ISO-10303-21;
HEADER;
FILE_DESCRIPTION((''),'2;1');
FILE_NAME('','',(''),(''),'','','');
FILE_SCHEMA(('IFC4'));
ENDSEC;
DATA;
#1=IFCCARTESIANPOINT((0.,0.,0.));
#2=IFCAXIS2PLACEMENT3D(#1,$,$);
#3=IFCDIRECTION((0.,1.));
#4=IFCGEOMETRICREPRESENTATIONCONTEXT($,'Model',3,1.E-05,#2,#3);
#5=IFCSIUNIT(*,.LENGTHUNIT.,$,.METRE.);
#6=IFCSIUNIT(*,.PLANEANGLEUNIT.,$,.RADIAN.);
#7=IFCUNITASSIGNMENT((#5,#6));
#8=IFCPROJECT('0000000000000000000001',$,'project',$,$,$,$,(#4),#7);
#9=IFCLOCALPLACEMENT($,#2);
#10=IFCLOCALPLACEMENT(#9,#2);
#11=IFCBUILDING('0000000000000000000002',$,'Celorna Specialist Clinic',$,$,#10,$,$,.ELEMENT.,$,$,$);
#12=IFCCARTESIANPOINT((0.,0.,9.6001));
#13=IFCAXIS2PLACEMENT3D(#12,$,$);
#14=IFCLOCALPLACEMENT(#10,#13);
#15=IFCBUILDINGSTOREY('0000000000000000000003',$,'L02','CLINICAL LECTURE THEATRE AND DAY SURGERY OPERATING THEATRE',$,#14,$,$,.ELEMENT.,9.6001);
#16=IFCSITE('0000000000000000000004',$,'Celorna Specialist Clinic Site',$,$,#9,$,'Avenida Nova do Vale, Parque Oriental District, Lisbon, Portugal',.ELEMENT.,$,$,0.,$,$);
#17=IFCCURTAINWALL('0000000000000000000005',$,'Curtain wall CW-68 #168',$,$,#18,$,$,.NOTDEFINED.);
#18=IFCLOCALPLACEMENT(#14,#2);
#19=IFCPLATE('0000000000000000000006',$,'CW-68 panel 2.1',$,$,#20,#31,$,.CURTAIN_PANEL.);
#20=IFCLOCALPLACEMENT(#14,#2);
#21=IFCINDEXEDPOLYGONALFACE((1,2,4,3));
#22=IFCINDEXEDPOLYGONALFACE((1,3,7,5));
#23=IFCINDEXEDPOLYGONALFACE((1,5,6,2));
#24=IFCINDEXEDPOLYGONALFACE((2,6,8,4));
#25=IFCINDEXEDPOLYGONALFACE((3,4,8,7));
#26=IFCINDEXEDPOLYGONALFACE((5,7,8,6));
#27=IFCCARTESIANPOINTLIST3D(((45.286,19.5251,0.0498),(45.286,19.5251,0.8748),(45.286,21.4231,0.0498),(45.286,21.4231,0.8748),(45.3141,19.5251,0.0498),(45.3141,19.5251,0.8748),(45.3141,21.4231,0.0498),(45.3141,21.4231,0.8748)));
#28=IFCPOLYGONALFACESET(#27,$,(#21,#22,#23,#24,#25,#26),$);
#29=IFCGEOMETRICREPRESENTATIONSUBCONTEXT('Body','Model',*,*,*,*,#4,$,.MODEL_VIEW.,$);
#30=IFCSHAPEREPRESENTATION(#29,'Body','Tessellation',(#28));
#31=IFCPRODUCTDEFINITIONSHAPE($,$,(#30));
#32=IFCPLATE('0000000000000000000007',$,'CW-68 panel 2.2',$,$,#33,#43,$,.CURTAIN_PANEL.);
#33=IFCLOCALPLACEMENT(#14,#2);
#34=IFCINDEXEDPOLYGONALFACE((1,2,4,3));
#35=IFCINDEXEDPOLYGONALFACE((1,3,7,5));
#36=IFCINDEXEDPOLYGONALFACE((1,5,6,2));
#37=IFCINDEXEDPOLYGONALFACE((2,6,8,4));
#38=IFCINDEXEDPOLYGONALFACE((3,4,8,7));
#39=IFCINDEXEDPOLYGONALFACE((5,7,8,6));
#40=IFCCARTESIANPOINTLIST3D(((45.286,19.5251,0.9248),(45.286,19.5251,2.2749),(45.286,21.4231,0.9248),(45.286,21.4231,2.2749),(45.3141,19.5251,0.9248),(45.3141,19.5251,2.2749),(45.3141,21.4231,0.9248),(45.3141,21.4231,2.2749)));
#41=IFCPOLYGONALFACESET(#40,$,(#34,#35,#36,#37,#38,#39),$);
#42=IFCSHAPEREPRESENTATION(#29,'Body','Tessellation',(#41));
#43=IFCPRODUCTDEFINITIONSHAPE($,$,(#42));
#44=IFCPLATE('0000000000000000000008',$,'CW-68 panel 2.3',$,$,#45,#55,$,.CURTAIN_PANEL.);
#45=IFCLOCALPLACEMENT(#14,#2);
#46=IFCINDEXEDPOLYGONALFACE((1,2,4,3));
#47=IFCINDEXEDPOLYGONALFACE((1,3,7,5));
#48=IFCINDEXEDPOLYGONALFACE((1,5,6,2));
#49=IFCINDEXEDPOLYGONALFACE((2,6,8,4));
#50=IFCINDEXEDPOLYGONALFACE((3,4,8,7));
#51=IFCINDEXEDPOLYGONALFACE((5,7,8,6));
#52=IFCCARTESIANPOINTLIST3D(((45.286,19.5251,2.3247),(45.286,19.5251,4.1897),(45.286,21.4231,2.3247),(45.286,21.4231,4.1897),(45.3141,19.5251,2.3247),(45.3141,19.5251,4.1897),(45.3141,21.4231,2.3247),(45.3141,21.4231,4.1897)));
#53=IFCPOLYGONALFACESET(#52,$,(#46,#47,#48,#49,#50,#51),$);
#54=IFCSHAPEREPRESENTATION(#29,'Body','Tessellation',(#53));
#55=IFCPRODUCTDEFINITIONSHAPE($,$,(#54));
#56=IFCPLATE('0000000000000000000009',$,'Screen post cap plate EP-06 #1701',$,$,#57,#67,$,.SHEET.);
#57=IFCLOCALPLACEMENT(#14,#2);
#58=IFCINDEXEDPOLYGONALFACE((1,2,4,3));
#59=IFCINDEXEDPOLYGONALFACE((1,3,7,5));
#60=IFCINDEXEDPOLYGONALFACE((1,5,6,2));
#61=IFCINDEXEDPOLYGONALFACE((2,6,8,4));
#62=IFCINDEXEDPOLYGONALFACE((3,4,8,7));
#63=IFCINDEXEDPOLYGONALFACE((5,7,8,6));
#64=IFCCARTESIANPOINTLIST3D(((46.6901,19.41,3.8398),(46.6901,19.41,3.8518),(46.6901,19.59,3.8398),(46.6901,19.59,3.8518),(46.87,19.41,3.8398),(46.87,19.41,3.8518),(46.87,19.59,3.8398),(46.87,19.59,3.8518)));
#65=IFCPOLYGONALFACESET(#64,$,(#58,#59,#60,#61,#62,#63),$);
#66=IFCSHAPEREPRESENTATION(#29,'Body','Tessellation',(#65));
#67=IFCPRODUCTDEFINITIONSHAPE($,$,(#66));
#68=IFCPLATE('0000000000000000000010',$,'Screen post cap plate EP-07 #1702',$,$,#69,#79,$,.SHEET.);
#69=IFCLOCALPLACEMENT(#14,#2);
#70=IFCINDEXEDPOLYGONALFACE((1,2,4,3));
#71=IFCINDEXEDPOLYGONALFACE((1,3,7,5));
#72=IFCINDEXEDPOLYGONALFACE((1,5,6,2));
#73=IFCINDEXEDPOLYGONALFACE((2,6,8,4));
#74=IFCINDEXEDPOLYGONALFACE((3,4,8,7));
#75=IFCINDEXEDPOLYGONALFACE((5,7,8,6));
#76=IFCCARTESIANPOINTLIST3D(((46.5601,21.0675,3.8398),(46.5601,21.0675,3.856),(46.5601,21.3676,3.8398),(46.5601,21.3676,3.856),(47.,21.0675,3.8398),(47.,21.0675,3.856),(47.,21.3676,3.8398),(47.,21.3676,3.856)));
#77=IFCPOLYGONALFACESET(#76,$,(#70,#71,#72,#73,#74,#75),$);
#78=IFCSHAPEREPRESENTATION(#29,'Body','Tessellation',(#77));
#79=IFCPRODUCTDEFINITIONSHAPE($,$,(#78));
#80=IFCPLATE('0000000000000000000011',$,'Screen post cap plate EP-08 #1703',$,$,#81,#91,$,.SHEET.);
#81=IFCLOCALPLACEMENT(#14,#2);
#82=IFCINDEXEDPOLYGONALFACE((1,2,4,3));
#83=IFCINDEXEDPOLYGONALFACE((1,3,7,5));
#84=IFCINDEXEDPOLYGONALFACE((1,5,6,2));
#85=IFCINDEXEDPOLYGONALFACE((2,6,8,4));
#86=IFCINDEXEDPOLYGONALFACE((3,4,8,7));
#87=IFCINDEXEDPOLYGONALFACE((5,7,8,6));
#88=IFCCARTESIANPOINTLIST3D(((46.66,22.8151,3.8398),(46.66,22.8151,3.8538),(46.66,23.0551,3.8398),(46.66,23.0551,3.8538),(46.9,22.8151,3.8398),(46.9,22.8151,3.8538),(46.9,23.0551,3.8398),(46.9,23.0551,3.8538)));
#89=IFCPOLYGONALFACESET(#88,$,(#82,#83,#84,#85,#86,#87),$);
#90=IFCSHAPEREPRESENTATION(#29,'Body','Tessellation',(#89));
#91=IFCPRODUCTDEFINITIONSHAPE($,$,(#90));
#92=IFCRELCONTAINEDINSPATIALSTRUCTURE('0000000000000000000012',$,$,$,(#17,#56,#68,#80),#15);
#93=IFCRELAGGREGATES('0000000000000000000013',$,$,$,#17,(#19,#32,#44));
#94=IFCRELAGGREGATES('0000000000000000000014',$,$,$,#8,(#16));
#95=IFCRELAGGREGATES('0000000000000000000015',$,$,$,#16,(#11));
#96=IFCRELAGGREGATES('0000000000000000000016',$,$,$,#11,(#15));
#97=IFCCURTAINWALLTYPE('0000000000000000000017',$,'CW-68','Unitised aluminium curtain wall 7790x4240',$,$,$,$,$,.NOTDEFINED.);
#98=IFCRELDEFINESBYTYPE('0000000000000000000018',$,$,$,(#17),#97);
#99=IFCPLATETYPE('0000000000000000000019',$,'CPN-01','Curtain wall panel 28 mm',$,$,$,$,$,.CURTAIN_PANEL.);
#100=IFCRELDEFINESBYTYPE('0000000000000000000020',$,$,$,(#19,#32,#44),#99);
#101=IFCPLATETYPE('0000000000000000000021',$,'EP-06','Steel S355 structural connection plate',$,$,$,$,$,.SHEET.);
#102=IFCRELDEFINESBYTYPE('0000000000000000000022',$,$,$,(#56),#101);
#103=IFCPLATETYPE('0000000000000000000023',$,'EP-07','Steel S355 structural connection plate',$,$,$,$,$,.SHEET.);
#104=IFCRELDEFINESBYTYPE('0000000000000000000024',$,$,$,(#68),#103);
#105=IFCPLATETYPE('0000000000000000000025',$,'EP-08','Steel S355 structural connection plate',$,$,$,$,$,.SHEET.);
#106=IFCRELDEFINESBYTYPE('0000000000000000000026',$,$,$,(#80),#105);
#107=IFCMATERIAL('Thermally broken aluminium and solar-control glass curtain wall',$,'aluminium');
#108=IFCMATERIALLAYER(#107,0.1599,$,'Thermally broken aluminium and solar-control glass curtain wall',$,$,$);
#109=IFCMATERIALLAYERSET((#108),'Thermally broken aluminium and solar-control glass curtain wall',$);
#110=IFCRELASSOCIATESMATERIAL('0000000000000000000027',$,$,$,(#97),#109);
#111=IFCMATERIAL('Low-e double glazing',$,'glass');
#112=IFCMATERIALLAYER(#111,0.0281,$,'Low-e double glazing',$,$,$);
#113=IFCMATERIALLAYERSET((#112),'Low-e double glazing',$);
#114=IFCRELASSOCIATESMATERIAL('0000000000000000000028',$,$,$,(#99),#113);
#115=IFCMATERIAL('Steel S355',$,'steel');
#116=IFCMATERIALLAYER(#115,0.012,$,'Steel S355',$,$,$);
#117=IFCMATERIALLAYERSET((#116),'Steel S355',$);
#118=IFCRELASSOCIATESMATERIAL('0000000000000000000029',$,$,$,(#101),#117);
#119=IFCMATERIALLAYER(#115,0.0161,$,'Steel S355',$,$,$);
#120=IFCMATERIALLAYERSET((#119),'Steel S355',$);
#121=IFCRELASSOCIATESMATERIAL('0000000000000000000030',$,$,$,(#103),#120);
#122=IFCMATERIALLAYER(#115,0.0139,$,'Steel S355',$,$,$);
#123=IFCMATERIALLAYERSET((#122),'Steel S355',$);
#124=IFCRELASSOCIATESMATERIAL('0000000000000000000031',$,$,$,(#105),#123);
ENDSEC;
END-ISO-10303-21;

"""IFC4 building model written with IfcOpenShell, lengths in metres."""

from ifc_helpers import new_model, si_unit, direction, frame, origin, origin_2d, place, context, subcontext, project, spatial, rectangle, extrude, material, layer, layer_set, type_object, element, aggregate, save


model = new_model("IFC4")

# Units and contexts
model_context = context("Model", 3, precision=1e-05, world=origin(), true_north=direction((0.0, 1.0)))
body_context = subcontext(model_context, "Body", "Model", "MODEL_VIEW")
ifc_project = project(units=[si_unit("LENGTHUNIT", "METRE"), si_unit("PLANEANGLEUNIT", "RADIAN")], contexts=[model_context])

# Site, building, storey
site_placement = place(None, origin())
site = spatial("IfcSite", under=ifc_project, at=site_placement, Name="Celorna Specialist Clinic Site", LongName="Avenida Nova do Vale, Parque Oriental District, Lisbon, Portugal", CompositionType="ELEMENT", RefElevation=0.0)
building_placement = place(site_placement, origin())
building = spatial("IfcBuilding", under=site, at=building_placement, Name="Celorna Specialist Clinic", CompositionType="ELEMENT")
storey_placement = place(building_placement, frame((0.0, 0.0, 9.6001)))
storey = spatial("IfcBuildingStorey", under=building, at=storey_placement, Name="L02", Description="CLINICAL LECTURE THEATRE AND DAY SURGERY OPERATING THEATRE", CompositionType="ELEMENT", Elevation=9.6001)

# Shared definitions
ifc_material_1 = material(Name="Steel S355", Category="steel")

# Curtain wall, plates
ifc_material_2 = material(Name="Thermally broken aluminium and solar-control glass curtain wall", Category="aluminium")
ifc_layer_1 = layer(ifc_material_2, 0.1599, Name="Thermally broken aluminium and solar-control glass curtain wall")
ifc_layer_set_1 = layer_set([ifc_layer_1], Name="Thermally broken aluminium and solar-control glass curtain wall")
curtain_wall_type = type_object("IfcCurtainWallType", Name="CW-68", Description="Unitised aluminium curtain wall 7790x4240", PredefinedType="NOTDEFINED", material=ifc_layer_set_1)
curtain_wall_placement = place(storey_placement, origin())
curtain_wall = element("IfcCurtainWall", 1, at=curtain_wall_placement, inside=storey, type_object=curtain_wall_type, Name="Curtain wall CW-68 #168", PredefinedType="NOTDEFINED")
ifc_material_3 = material(Name="Low-e double glazing", Category="glass")
ifc_layer_2 = layer(ifc_material_3, 0.0281, Name="Low-e double glazing")
ifc_layer_set_2 = layer_set([ifc_layer_2], Name="Low-e double glazing")
plate_type_1 = type_object("IfcPlateType", Name="CPN-01", Description="Curtain wall panel 28 mm", PredefinedType="CURTAIN_PANEL", material=ifc_layer_set_2)
plate_1_placement = place(storey_placement, frame((45.3, 20.4741, 0.0498), z_axis=(0.0, 0.0, 1.0), x_axis=(0.0, -1.0, 0.0)))
plate_1 = element("IfcPlate", 2, at=plate_1_placement, type_object=plate_type_1, Name="CW-68 panel 2.1", PredefinedType="CURTAIN_PANEL", context=body_context, shape_type="SweptSolid", body=[
    extrude(rectangle(XDim=1.8979, YDim=0.0281, at=origin_2d()), origin(), (0.0, 0.0, 1.0), 0.825),
])
plate_2_placement = place(storey_placement, frame((45.3, 20.4741, 0.9248), z_axis=(0.0, 0.0, 1.0), x_axis=(0.0, -1.0, 0.0)))
plate_2 = element("IfcPlate", 3, at=plate_2_placement, type_object=plate_type_1, Name="CW-68 panel 2.2", PredefinedType="CURTAIN_PANEL", context=body_context, shape_type="SweptSolid", body=[
    extrude(rectangle(XDim=1.8979, YDim=0.0281, at=origin_2d()), origin(), (0.0, 0.0, 1.0), 1.3501),
])
plate_3_placement = place(storey_placement, frame((45.3, 20.4741, 2.3247), z_axis=(0.0, 0.0, 1.0), x_axis=(0.0, -1.0, 0.0)))
plate_3 = element("IfcPlate", 4, at=plate_3_placement, type_object=plate_type_1, Name="CW-68 panel 2.3", PredefinedType="CURTAIN_PANEL", context=body_context, shape_type="SweptSolid", body=[
    extrude(rectangle(XDim=1.8979, YDim=0.0281, at=origin_2d()), origin(), (0.0, 0.0, 1.0), 1.865),
])
aggregate(curtain_wall, [plate_1, plate_2, plate_3])

# Plates
ifc_layer_3 = layer(ifc_material_1, 0.012, Name="Steel S355")
ifc_layer_set_3 = layer_set([ifc_layer_3], Name="Steel S355")
plate_type_2 = type_object("IfcPlateType", Name="EP-06", Description="Steel S355 structural connection plate", PredefinedType="SHEET", material=ifc_layer_set_3)
plate_4_placement = place(storey_placement, frame((46.78, 19.5, 3.8398), z_axis=(0.0, 0.0, 1.0), x_axis=(0.0, 1.0, 0.0)))
element("IfcPlate", 5, at=plate_4_placement, inside=storey, type_object=plate_type_2, Name="Screen post cap plate EP-06 #1701", PredefinedType="SHEET", context=body_context, shape_type="SweptSolid", body=[
    extrude(rectangle(XDim=0.1799, YDim=0.1799, at=origin_2d()), origin(), (0.0, 0.0, 1.0), 0.012),
])
ifc_layer_4 = layer(ifc_material_1, 0.0161, Name="Steel S355")
ifc_layer_set_4 = layer_set([ifc_layer_4], Name="Steel S355")
plate_type_3 = type_object("IfcPlateType", Name="EP-07", Description="Steel S355 structural connection plate", PredefinedType="SHEET", material=ifc_layer_set_4)
plate_5_placement = place(storey_placement, frame((46.78, 21.2175, 3.8398), z_axis=(0.0, 0.0, 1.0), x_axis=(0.0, 1.0, 0.0)))
element("IfcPlate", 6, at=plate_5_placement, inside=storey, type_object=plate_type_3, Name="Screen post cap plate EP-07 #1702", PredefinedType="SHEET", context=body_context, shape_type="SweptSolid", body=[
    extrude(rectangle(XDim=0.3, YDim=0.4399, at=origin_2d()), origin(), (0.0, 0.0, 1.0), 0.0161),
])
ifc_layer_5 = layer(ifc_material_1, 0.0139, Name="Steel S355")
ifc_layer_set_5 = layer_set([ifc_layer_5], Name="Steel S355")
plate_type_4 = type_object("IfcPlateType", Name="EP-08", Description="Steel S355 structural connection plate", PredefinedType="SHEET", material=ifc_layer_set_5)
plate_6_placement = place(storey_placement, frame((46.78, 22.9351, 3.8398), z_axis=(0.0, 0.0, 1.0), x_axis=(0.0, 1.0, 0.0)))
element("IfcPlate", 7, at=plate_6_placement, inside=storey, type_object=plate_type_4, Name="Screen post cap plate EP-08 #1703", PredefinedType="SHEET", context=body_context, shape_type="SweptSolid", body=[
    extrude(rectangle(XDim=0.24, YDim=0.24, at=origin_2d()), origin(), (0.0, 0.0, 1.0), 0.0139),
])

save(model, "model.ifc")
